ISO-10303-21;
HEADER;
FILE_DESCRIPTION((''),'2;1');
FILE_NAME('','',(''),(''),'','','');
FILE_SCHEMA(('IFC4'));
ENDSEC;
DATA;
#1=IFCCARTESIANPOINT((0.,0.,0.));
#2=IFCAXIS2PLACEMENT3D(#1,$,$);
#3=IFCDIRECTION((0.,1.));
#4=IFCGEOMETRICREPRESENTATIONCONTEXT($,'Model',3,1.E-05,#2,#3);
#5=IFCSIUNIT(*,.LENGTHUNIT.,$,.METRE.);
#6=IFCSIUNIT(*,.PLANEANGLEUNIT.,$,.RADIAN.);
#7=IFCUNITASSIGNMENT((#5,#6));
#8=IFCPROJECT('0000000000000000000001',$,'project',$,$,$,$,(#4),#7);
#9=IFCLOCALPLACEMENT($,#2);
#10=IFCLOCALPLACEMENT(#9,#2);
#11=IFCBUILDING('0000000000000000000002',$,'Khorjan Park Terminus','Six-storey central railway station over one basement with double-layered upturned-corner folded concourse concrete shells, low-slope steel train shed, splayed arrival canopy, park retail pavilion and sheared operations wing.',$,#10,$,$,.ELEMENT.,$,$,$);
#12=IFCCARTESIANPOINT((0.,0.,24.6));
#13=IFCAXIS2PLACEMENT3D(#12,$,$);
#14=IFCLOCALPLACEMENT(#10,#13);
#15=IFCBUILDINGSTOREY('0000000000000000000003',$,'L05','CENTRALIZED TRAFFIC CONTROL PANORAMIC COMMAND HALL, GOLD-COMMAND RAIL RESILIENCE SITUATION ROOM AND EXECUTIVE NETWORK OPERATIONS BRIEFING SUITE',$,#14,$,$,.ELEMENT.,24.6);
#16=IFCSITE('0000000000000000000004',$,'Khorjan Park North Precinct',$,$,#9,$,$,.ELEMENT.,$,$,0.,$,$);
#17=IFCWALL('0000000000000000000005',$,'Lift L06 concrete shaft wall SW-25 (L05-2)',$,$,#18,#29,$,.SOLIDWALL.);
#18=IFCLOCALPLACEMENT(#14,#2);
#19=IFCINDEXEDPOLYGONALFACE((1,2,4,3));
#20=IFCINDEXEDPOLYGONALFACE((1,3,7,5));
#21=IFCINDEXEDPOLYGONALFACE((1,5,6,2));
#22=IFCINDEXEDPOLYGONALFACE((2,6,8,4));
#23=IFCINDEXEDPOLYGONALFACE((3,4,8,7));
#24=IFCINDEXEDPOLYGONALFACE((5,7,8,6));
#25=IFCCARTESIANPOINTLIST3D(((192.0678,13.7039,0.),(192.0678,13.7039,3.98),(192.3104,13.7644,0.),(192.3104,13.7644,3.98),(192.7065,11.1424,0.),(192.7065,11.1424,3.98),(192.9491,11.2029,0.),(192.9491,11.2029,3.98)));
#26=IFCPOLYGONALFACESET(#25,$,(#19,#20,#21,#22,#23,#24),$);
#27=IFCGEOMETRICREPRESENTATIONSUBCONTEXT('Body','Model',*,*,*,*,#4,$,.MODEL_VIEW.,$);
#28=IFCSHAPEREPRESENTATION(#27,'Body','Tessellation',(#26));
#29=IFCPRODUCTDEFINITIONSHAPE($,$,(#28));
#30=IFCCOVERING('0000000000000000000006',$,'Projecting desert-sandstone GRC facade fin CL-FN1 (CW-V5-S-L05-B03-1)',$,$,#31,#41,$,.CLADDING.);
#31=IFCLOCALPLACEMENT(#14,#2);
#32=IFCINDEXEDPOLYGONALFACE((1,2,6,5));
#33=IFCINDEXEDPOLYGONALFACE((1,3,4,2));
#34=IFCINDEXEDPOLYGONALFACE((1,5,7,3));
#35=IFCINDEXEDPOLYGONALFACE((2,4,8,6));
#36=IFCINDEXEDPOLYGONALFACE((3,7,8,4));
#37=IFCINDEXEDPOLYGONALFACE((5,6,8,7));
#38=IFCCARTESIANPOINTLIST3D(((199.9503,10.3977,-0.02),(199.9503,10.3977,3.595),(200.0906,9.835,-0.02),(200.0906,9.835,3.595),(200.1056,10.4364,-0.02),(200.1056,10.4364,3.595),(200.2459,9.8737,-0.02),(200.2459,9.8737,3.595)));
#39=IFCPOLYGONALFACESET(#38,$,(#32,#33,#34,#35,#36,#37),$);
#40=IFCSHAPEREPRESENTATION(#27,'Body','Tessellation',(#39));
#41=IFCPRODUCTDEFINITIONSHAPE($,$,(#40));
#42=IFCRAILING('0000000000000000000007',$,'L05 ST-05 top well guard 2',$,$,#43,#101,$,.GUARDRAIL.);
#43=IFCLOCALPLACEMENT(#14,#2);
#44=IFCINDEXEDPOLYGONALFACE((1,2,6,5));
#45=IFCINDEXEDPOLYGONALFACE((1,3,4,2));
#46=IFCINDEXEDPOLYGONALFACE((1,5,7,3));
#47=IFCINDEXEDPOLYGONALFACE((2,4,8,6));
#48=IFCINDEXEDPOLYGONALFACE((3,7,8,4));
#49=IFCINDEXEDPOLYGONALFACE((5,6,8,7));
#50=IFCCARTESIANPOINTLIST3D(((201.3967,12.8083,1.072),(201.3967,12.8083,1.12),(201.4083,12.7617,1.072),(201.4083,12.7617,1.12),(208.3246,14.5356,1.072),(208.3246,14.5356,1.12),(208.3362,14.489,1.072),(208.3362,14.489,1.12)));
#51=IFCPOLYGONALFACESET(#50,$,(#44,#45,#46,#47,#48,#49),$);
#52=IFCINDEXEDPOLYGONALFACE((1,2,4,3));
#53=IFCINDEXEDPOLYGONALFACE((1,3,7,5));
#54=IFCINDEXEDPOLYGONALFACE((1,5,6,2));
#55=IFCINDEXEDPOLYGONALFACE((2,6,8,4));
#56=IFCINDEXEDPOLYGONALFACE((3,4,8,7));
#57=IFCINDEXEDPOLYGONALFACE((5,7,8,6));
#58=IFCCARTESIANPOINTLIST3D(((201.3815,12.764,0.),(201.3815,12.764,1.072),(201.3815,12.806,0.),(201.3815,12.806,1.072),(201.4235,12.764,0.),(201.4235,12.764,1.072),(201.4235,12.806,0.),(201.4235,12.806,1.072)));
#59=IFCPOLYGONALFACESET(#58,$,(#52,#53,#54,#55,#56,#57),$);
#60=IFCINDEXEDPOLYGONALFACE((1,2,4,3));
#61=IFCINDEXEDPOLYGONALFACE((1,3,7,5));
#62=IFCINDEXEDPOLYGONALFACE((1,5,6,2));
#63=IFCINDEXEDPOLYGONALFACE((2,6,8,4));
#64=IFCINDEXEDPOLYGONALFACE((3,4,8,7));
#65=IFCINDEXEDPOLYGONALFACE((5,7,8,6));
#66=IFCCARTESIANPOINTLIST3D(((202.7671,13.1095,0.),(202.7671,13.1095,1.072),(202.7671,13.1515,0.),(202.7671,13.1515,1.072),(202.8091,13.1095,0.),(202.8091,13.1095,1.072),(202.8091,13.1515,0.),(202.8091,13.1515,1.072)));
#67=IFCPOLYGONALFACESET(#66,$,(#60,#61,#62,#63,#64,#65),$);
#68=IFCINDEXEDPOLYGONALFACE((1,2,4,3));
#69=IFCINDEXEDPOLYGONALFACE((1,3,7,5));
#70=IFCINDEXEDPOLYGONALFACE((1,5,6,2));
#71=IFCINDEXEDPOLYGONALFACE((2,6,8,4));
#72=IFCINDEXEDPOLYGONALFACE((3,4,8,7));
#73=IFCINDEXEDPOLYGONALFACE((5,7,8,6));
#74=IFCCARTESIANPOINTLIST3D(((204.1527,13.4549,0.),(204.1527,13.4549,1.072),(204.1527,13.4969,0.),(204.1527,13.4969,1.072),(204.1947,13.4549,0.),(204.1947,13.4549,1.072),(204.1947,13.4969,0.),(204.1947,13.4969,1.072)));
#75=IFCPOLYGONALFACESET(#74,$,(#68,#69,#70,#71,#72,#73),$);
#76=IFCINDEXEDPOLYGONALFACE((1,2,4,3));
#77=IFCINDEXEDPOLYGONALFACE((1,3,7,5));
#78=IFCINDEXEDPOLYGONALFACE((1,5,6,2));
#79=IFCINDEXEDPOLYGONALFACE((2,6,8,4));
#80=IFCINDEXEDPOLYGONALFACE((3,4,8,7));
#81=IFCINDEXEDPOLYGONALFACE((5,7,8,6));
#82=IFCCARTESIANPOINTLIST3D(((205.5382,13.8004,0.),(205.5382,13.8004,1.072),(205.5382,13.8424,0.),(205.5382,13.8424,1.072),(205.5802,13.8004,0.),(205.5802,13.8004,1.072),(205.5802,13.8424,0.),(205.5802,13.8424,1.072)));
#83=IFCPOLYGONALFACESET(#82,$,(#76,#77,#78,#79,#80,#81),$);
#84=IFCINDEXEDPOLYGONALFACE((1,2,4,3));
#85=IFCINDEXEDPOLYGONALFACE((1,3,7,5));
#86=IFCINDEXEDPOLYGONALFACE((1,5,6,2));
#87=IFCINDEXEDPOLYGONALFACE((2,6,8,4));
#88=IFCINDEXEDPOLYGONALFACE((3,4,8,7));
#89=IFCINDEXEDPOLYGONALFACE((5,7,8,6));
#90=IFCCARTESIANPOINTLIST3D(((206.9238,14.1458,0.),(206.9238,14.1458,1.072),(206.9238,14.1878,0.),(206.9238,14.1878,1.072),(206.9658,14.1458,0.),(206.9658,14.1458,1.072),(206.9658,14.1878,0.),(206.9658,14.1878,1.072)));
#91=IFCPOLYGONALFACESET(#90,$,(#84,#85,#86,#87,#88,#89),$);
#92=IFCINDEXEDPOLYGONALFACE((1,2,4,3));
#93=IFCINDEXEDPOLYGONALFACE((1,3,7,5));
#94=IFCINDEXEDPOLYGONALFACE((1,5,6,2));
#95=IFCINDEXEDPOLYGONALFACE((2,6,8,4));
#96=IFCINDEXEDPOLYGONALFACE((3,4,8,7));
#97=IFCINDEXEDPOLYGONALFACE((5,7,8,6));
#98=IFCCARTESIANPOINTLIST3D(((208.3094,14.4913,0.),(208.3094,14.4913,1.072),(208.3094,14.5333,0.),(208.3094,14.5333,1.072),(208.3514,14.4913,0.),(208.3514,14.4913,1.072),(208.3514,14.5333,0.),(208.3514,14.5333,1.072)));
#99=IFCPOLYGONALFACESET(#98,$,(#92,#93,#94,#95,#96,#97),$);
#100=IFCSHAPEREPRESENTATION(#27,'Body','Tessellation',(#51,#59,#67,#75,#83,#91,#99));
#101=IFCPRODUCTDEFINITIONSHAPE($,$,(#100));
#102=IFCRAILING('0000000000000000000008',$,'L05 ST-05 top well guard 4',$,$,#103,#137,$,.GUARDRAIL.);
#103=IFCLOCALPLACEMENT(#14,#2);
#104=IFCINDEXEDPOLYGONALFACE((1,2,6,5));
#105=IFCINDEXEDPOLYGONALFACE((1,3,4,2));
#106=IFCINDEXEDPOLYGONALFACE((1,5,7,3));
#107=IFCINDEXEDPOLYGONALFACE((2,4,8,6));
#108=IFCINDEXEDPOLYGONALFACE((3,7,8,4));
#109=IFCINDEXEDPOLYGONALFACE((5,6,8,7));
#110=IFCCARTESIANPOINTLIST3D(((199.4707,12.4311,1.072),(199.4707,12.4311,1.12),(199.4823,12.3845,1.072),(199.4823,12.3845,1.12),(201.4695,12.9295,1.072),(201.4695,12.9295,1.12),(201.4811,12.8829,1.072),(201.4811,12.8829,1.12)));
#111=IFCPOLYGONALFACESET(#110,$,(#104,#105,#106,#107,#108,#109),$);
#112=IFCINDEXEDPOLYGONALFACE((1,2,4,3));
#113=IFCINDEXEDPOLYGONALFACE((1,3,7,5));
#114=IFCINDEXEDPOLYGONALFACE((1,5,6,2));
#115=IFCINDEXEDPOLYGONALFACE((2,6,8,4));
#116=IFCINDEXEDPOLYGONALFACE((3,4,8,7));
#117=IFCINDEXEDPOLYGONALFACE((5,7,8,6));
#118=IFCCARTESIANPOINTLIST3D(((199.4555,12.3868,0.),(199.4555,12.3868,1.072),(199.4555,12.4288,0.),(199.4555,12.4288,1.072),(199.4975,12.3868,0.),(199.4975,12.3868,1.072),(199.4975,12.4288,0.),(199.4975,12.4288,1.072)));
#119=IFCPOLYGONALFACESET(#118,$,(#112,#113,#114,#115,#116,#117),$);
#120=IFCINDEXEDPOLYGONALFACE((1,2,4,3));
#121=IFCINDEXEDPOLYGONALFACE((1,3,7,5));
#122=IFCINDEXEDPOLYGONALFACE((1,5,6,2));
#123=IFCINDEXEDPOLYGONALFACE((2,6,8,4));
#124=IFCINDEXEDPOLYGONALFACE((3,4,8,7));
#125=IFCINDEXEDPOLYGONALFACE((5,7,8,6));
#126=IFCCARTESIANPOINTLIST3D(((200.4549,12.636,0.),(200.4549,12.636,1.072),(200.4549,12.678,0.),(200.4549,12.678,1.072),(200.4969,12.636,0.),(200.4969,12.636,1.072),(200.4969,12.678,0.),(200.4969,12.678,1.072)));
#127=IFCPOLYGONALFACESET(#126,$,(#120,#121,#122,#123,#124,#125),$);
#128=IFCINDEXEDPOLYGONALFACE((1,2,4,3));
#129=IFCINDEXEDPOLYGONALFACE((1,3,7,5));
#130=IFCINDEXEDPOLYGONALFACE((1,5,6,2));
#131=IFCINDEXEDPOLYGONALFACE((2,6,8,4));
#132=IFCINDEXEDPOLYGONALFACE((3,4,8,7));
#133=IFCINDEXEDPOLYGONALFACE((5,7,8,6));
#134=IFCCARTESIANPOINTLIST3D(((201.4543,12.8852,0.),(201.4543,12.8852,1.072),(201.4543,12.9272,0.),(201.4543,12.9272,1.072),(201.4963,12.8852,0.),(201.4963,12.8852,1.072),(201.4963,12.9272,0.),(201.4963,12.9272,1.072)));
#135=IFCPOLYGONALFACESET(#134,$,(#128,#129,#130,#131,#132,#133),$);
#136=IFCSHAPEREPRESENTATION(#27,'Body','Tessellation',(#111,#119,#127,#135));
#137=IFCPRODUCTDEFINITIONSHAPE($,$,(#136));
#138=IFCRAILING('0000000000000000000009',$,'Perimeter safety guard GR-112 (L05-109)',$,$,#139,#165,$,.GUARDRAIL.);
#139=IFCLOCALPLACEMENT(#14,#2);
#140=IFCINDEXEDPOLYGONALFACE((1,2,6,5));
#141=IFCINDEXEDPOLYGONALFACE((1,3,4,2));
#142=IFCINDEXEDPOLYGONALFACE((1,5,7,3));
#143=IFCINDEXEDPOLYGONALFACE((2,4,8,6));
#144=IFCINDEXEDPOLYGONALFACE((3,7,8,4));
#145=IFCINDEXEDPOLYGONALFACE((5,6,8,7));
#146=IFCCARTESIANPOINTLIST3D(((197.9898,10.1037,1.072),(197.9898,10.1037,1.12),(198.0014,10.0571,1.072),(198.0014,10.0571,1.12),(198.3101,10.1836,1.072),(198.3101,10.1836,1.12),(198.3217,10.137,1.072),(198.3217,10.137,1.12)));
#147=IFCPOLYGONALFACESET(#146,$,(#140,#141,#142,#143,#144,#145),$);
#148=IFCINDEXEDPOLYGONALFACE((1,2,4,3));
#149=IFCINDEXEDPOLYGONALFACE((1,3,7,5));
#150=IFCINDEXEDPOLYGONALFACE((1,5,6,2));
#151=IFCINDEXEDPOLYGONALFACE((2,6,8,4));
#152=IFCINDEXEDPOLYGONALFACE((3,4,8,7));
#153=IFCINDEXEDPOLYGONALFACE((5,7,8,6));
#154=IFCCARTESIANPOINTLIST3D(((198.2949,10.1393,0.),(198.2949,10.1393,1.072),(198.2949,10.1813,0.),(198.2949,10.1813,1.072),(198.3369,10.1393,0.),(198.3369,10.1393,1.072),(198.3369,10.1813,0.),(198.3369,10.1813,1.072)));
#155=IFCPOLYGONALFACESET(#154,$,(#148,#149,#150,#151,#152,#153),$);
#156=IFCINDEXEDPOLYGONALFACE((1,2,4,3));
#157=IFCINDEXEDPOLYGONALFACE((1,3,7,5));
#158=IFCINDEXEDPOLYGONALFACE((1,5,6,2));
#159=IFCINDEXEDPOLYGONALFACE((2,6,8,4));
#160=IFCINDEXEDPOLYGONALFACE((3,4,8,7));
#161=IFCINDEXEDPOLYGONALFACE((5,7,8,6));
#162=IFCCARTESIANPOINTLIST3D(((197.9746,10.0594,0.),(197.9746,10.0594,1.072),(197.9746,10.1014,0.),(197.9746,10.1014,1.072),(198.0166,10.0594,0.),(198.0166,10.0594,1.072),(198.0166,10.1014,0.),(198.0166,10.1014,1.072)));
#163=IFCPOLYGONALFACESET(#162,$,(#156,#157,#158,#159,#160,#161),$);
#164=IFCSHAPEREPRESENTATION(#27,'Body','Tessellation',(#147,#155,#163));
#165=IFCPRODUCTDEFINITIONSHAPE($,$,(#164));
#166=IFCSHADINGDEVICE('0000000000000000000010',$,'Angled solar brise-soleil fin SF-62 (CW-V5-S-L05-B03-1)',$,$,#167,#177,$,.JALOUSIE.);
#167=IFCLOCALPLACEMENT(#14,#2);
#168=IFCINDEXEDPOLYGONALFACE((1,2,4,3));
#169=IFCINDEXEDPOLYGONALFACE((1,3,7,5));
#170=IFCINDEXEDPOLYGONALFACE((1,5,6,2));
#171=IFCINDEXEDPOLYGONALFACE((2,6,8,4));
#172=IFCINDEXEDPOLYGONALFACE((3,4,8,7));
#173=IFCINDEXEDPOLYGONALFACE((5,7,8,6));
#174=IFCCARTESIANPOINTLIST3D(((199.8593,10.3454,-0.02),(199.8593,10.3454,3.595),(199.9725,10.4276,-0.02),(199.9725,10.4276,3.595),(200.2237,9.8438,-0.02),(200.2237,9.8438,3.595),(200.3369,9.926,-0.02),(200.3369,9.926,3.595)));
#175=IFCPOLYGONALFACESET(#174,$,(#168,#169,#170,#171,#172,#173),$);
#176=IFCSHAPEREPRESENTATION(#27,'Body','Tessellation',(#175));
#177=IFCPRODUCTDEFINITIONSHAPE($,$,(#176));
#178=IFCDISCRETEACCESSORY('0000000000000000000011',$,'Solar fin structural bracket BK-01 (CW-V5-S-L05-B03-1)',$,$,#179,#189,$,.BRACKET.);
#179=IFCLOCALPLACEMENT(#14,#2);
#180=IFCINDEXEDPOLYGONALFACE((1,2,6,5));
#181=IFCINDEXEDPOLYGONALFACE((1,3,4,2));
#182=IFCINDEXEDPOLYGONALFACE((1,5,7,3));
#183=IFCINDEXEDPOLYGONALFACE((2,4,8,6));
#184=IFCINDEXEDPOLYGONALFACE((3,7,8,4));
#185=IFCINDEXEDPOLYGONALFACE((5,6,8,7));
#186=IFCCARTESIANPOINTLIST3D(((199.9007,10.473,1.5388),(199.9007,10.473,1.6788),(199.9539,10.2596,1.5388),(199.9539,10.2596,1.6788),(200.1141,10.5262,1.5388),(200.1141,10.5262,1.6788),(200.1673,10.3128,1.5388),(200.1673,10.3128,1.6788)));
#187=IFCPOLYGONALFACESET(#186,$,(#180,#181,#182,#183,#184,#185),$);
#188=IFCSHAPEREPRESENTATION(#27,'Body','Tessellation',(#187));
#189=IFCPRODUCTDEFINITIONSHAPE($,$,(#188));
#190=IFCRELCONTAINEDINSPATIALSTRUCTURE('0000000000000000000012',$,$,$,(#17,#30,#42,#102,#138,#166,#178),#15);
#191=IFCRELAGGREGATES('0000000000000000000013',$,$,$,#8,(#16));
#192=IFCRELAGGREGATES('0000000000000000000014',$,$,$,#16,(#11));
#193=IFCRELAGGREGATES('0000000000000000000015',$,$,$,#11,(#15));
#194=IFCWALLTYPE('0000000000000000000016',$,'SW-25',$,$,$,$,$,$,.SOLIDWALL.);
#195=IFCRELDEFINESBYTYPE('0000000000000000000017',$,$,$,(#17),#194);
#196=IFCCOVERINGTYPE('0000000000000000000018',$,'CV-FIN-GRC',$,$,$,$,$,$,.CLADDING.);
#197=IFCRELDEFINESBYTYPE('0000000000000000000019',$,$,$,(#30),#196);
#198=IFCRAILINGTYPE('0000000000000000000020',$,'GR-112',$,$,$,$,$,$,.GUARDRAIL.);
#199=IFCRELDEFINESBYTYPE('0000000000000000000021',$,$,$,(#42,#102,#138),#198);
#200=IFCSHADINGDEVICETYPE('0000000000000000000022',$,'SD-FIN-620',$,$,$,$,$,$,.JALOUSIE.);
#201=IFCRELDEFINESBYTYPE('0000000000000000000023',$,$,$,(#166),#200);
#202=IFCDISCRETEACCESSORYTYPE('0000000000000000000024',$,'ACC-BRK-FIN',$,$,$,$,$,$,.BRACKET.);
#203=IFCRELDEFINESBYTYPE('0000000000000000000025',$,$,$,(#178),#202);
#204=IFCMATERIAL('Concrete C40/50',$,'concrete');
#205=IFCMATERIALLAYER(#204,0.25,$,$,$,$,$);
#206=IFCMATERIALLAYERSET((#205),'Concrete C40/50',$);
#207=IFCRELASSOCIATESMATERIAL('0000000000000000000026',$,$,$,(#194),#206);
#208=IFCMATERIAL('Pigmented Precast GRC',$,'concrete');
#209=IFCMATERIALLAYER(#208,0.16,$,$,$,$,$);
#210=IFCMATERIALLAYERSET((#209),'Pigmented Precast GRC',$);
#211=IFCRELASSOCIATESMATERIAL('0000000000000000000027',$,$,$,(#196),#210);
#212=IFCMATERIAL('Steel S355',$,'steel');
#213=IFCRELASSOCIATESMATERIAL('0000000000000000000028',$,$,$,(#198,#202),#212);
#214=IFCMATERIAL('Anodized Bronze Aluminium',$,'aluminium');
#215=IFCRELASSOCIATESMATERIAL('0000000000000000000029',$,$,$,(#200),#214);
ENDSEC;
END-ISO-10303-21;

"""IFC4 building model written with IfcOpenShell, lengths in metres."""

from ifc_helpers import new_model, si_unit, direction, frame, frame_2d, origin, origin_2d, place, context, subcontext, project, spatial, rectangle, extrude, material, layer, layer_set, type_object, element, save


model = new_model("IFC4")

# Units and contexts
model_context = context("Model", 3, precision=1e-05, world=origin(), true_north=direction((0.0, 1.0)))
body_context = subcontext(model_context, "Body", "Model", "MODEL_VIEW")
ifc_project = project(units=[si_unit("LENGTHUNIT", "METRE"), si_unit("PLANEANGLEUNIT", "RADIAN")], contexts=[model_context])

# Site, building, storey
site_placement = place(None, origin())
site = spatial("IfcSite", under=ifc_project, at=site_placement, Name="Khorjan Park North Precinct", CompositionType="ELEMENT", RefElevation=0.0)
building_placement = place(site_placement, origin())
building = spatial("IfcBuilding", under=site, at=building_placement, Name="Khorjan Park Terminus", Description="Six-storey central railway station over one basement with double-layered upturned-corner folded concourse concrete shells, low-slope steel train shed, splayed arrival canopy, park retail pavilion and sheared operations wing.", CompositionType="ELEMENT")
storey_placement = place(building_placement, frame((0.0, 0.0, 24.6)))
storey = spatial("IfcBuildingStorey", under=building, at=storey_placement, Name="L05", Description="CENTRALIZED TRAFFIC CONTROL PANORAMIC COMMAND HALL, GOLD-COMMAND RAIL RESILIENCE SITUATION ROOM AND EXECUTIVE NETWORK OPERATIONS BRIEFING SUITE", CompositionType="ELEMENT", Elevation=24.6)

# Shared definitions
ifc_material_1 = material(Name="Steel S355", Category="steel")
ifc_material_2 = material(Name="Concrete C40/50", Category="concrete")

# Shared definitions
ifc_material_3 = material(Name="Anodized Bronze Aluminium", Category="aluminium")

# Wall
ifc_layer_1 = layer(ifc_material_2, 0.25)
ifc_layer_set_1 = layer_set([ifc_layer_1], Name="Concrete C40/50")
wall_type_1 = type_object("IfcWallType", Name="SW-25", PredefinedType="SOLIDWALL", material=ifc_layer_set_1)
wall_1_placement = place(storey_placement, frame((192.8278, 11.1727, 0.0), z_axis=(0.0, 0.0, 1.0), x_axis=(-0.241938, 0.970292, 0.0)))
element("IfcWall", 1, at=wall_1_placement, inside=storey, type_object=wall_type_1, Name="Lift L06 concrete shaft wall SW-25 (L05-2)", PredefinedType="SOLIDWALL", context=body_context, shape_type="SweptSolid", body=[
    extrude(rectangle(XDim=2.6399, YDim=0.25, at=frame_2d((1.3199, 0.0))), origin(), (0.0, 0.0, 1.0), 3.98),
])

# Covering
ifc_material_4 = material(Name="Pigmented Precast GRC", Category="concrete")
ifc_layer_2 = layer(ifc_material_4, 0.16)
ifc_layer_set_2 = layer_set([ifc_layer_2], Name="Pigmented Precast GRC")
covering_type = type_object("IfcCoveringType", Name="CV-FIN-GRC", PredefinedType="CLADDING", material=ifc_layer_set_2)
covering_placement = place(storey_placement, frame((200.0981, 10.1357, -0.02), z_axis=(0.0, 0.0, 1.0), x_axis=(-0.241922, 0.970296, 0.0)))
element("IfcCovering", 2, at=covering_placement, inside=storey, type_object=covering_type, Name="Projecting desert-sandstone GRC facade fin CL-FN1 (CW-V5-S-L05-B03-1)", PredefinedType="CLADDING", context=body_context, shape_type="SweptSolid", body=[
    extrude(rectangle(XDim=0.58, YDim=0.16, at=origin_2d()), origin(), (0.0, 0.0, 1.0), 3.615),
])

# Railings
railing_type = type_object("IfcRailingType", Name="GR-112", PredefinedType="GUARDRAIL", material=ifc_material_1)
railing_1_placement = place(storey_placement, frame((201.4025, 12.785, 0.0)))
element("IfcRailing", 3, at=railing_1_placement, inside=storey, type_object=railing_type, Name="L05 ST-05 top well guard 2", PredefinedType="GUARDRAIL", context=body_context, shape_type="SweptSolid", body=[
    extrude(rectangle(XDim=0.048, YDim=0.048, at=origin_2d()), frame((0.0, 0.0, 1.096), z_axis=(0.970296, 0.241919, 0.0), x_axis=(-0.241919, 0.970296, 0.0)), (0.0, 0.0, 1.0), 7.14),
    extrude(rectangle(XDim=0.042, YDim=0.042, at=origin_2d()), origin(), (0.0, 0.0, 1.0), 1.072),
    extrude(rectangle(XDim=0.042, YDim=0.042, at=origin_2d()), frame((1.3856, 0.3455, 0.0)), (0.0, 0.0, 1.0), 1.072),
    extrude(rectangle(XDim=0.042, YDim=0.042, at=origin_2d()), frame((2.7712, 0.6909, 0.0)), (0.0, 0.0, 1.0), 1.072),
    extrude(rectangle(XDim=0.042, YDim=0.042, at=origin_2d()), frame((4.1567, 1.0364, 0.0)), (0.0, 0.0, 1.0), 1.072),
    extrude(rectangle(XDim=0.042, YDim=0.042, at=origin_2d()), frame((5.5423, 1.3818, 0.0)), (0.0, 0.0, 1.0), 1.072),
    extrude(rectangle(XDim=0.042, YDim=0.042, at=origin_2d()), frame((6.9279, 1.7273, 0.0)), (0.0, 0.0, 1.0), 1.072),
])
railing_2_placement = place(storey_placement, frame((199.4765, 12.4078, 0.0)))
element("IfcRailing", 4, at=railing_2_placement, inside=storey, type_object=railing_type, Name="L05 ST-05 top well guard 4", PredefinedType="GUARDRAIL", context=body_context, shape_type="SweptSolid", body=[
    extrude(rectangle(XDim=0.048, YDim=0.048, at=origin_2d()), frame((0.0, 0.0, 1.096), z_axis=(0.970291, 0.241942, 0.0), x_axis=(-0.241942, 0.970291, 0.0)), (0.0, 0.0, 1.0), 2.06),
    extrude(rectangle(XDim=0.042, YDim=0.042, at=origin_2d()), origin(), (0.0, 0.0, 1.0), 1.072),
    extrude(rectangle(XDim=0.042, YDim=0.042, at=origin_2d()), frame((0.9994, 0.2492, 0.0)), (0.0, 0.0, 1.0), 1.072),
    extrude(rectangle(XDim=0.042, YDim=0.042, at=origin_2d()), frame((1.9988, 0.4984, 0.0)), (0.0, 0.0, 1.0), 1.072),
])
railing_3_placement = place(storey_placement, frame((198.3159, 10.1603, 0.0)))
element("IfcRailing", 5, at=railing_3_placement, inside=storey, type_object=railing_type, Name="Perimeter safety guard GR-112 (L05-109)", PredefinedType="GUARDRAIL", context=body_context, shape_type="SweptSolid", body=[
    extrude(rectangle(XDim=0.048, YDim=0.048, at=origin_2d()), frame((0.0, 0.0, 1.096), z_axis=(-0.970267, -0.242037, 0.0), x_axis=(0.242037, -0.970267, 0.0)), (0.0, 0.0, 1.0), 0.3301),
    extrude(rectangle(XDim=0.042, YDim=0.042, at=origin_2d()), origin(), (0.0, 0.0, 1.0), 1.072),
    extrude(rectangle(XDim=0.042, YDim=0.042, at=origin_2d()), frame((-0.3203, -0.0799, 0.0)), (0.0, 0.0, 1.0), 1.072),
])

# Shading device
shading_device_type = type_object("IfcShadingDeviceType", Name="SD-FIN-620", PredefinedType="JALOUSIE", material=ifc_material_3)
shading_device_placement = place(storey_placement, frame((200.0981, 10.1357, -0.02), z_axis=(0.0, 0.0, 1.0), x_axis=(-0.587785, 0.809017, 0.0)))
element("IfcShadingDevice", 6, at=shading_device_placement, inside=storey, type_object=shading_device_type, Name="Angled solar brise-soleil fin SF-62 (CW-V5-S-L05-B03-1)", PredefinedType="JALOUSIE", context=body_context, shape_type="SweptSolid", body=[
    extrude(rectangle(XDim=0.62, YDim=0.14, at=origin_2d()), origin(), (0.0, 0.0, 1.0), 3.615),
])

# Discrete accessory
discrete_accessory_type = type_object("IfcDiscreteAccessoryType", Name="ACC-BRK-FIN", PredefinedType="BRACKET", material=ifc_material_1)
discrete_accessory_placement = place(storey_placement, frame((200.034, 10.3929, 1.5388), z_axis=(0.0, 0.0, 1.0), x_axis=(0.970295, 0.241926, 0.0)))
element("IfcDiscreteAccessory", 7, at=discrete_accessory_placement, inside=storey, type_object=discrete_accessory_type, Name="Solar fin structural bracket BK-01 (CW-V5-S-L05-B03-1)", PredefinedType="BRACKET", context=body_context, shape_type="SweptSolid", body=[
    extrude(rectangle(XDim=0.22, YDim=0.22, at=origin_2d()), origin(), (0.0, 0.0, 1.0), 0.14),
])

save(model, "model.ifc")
